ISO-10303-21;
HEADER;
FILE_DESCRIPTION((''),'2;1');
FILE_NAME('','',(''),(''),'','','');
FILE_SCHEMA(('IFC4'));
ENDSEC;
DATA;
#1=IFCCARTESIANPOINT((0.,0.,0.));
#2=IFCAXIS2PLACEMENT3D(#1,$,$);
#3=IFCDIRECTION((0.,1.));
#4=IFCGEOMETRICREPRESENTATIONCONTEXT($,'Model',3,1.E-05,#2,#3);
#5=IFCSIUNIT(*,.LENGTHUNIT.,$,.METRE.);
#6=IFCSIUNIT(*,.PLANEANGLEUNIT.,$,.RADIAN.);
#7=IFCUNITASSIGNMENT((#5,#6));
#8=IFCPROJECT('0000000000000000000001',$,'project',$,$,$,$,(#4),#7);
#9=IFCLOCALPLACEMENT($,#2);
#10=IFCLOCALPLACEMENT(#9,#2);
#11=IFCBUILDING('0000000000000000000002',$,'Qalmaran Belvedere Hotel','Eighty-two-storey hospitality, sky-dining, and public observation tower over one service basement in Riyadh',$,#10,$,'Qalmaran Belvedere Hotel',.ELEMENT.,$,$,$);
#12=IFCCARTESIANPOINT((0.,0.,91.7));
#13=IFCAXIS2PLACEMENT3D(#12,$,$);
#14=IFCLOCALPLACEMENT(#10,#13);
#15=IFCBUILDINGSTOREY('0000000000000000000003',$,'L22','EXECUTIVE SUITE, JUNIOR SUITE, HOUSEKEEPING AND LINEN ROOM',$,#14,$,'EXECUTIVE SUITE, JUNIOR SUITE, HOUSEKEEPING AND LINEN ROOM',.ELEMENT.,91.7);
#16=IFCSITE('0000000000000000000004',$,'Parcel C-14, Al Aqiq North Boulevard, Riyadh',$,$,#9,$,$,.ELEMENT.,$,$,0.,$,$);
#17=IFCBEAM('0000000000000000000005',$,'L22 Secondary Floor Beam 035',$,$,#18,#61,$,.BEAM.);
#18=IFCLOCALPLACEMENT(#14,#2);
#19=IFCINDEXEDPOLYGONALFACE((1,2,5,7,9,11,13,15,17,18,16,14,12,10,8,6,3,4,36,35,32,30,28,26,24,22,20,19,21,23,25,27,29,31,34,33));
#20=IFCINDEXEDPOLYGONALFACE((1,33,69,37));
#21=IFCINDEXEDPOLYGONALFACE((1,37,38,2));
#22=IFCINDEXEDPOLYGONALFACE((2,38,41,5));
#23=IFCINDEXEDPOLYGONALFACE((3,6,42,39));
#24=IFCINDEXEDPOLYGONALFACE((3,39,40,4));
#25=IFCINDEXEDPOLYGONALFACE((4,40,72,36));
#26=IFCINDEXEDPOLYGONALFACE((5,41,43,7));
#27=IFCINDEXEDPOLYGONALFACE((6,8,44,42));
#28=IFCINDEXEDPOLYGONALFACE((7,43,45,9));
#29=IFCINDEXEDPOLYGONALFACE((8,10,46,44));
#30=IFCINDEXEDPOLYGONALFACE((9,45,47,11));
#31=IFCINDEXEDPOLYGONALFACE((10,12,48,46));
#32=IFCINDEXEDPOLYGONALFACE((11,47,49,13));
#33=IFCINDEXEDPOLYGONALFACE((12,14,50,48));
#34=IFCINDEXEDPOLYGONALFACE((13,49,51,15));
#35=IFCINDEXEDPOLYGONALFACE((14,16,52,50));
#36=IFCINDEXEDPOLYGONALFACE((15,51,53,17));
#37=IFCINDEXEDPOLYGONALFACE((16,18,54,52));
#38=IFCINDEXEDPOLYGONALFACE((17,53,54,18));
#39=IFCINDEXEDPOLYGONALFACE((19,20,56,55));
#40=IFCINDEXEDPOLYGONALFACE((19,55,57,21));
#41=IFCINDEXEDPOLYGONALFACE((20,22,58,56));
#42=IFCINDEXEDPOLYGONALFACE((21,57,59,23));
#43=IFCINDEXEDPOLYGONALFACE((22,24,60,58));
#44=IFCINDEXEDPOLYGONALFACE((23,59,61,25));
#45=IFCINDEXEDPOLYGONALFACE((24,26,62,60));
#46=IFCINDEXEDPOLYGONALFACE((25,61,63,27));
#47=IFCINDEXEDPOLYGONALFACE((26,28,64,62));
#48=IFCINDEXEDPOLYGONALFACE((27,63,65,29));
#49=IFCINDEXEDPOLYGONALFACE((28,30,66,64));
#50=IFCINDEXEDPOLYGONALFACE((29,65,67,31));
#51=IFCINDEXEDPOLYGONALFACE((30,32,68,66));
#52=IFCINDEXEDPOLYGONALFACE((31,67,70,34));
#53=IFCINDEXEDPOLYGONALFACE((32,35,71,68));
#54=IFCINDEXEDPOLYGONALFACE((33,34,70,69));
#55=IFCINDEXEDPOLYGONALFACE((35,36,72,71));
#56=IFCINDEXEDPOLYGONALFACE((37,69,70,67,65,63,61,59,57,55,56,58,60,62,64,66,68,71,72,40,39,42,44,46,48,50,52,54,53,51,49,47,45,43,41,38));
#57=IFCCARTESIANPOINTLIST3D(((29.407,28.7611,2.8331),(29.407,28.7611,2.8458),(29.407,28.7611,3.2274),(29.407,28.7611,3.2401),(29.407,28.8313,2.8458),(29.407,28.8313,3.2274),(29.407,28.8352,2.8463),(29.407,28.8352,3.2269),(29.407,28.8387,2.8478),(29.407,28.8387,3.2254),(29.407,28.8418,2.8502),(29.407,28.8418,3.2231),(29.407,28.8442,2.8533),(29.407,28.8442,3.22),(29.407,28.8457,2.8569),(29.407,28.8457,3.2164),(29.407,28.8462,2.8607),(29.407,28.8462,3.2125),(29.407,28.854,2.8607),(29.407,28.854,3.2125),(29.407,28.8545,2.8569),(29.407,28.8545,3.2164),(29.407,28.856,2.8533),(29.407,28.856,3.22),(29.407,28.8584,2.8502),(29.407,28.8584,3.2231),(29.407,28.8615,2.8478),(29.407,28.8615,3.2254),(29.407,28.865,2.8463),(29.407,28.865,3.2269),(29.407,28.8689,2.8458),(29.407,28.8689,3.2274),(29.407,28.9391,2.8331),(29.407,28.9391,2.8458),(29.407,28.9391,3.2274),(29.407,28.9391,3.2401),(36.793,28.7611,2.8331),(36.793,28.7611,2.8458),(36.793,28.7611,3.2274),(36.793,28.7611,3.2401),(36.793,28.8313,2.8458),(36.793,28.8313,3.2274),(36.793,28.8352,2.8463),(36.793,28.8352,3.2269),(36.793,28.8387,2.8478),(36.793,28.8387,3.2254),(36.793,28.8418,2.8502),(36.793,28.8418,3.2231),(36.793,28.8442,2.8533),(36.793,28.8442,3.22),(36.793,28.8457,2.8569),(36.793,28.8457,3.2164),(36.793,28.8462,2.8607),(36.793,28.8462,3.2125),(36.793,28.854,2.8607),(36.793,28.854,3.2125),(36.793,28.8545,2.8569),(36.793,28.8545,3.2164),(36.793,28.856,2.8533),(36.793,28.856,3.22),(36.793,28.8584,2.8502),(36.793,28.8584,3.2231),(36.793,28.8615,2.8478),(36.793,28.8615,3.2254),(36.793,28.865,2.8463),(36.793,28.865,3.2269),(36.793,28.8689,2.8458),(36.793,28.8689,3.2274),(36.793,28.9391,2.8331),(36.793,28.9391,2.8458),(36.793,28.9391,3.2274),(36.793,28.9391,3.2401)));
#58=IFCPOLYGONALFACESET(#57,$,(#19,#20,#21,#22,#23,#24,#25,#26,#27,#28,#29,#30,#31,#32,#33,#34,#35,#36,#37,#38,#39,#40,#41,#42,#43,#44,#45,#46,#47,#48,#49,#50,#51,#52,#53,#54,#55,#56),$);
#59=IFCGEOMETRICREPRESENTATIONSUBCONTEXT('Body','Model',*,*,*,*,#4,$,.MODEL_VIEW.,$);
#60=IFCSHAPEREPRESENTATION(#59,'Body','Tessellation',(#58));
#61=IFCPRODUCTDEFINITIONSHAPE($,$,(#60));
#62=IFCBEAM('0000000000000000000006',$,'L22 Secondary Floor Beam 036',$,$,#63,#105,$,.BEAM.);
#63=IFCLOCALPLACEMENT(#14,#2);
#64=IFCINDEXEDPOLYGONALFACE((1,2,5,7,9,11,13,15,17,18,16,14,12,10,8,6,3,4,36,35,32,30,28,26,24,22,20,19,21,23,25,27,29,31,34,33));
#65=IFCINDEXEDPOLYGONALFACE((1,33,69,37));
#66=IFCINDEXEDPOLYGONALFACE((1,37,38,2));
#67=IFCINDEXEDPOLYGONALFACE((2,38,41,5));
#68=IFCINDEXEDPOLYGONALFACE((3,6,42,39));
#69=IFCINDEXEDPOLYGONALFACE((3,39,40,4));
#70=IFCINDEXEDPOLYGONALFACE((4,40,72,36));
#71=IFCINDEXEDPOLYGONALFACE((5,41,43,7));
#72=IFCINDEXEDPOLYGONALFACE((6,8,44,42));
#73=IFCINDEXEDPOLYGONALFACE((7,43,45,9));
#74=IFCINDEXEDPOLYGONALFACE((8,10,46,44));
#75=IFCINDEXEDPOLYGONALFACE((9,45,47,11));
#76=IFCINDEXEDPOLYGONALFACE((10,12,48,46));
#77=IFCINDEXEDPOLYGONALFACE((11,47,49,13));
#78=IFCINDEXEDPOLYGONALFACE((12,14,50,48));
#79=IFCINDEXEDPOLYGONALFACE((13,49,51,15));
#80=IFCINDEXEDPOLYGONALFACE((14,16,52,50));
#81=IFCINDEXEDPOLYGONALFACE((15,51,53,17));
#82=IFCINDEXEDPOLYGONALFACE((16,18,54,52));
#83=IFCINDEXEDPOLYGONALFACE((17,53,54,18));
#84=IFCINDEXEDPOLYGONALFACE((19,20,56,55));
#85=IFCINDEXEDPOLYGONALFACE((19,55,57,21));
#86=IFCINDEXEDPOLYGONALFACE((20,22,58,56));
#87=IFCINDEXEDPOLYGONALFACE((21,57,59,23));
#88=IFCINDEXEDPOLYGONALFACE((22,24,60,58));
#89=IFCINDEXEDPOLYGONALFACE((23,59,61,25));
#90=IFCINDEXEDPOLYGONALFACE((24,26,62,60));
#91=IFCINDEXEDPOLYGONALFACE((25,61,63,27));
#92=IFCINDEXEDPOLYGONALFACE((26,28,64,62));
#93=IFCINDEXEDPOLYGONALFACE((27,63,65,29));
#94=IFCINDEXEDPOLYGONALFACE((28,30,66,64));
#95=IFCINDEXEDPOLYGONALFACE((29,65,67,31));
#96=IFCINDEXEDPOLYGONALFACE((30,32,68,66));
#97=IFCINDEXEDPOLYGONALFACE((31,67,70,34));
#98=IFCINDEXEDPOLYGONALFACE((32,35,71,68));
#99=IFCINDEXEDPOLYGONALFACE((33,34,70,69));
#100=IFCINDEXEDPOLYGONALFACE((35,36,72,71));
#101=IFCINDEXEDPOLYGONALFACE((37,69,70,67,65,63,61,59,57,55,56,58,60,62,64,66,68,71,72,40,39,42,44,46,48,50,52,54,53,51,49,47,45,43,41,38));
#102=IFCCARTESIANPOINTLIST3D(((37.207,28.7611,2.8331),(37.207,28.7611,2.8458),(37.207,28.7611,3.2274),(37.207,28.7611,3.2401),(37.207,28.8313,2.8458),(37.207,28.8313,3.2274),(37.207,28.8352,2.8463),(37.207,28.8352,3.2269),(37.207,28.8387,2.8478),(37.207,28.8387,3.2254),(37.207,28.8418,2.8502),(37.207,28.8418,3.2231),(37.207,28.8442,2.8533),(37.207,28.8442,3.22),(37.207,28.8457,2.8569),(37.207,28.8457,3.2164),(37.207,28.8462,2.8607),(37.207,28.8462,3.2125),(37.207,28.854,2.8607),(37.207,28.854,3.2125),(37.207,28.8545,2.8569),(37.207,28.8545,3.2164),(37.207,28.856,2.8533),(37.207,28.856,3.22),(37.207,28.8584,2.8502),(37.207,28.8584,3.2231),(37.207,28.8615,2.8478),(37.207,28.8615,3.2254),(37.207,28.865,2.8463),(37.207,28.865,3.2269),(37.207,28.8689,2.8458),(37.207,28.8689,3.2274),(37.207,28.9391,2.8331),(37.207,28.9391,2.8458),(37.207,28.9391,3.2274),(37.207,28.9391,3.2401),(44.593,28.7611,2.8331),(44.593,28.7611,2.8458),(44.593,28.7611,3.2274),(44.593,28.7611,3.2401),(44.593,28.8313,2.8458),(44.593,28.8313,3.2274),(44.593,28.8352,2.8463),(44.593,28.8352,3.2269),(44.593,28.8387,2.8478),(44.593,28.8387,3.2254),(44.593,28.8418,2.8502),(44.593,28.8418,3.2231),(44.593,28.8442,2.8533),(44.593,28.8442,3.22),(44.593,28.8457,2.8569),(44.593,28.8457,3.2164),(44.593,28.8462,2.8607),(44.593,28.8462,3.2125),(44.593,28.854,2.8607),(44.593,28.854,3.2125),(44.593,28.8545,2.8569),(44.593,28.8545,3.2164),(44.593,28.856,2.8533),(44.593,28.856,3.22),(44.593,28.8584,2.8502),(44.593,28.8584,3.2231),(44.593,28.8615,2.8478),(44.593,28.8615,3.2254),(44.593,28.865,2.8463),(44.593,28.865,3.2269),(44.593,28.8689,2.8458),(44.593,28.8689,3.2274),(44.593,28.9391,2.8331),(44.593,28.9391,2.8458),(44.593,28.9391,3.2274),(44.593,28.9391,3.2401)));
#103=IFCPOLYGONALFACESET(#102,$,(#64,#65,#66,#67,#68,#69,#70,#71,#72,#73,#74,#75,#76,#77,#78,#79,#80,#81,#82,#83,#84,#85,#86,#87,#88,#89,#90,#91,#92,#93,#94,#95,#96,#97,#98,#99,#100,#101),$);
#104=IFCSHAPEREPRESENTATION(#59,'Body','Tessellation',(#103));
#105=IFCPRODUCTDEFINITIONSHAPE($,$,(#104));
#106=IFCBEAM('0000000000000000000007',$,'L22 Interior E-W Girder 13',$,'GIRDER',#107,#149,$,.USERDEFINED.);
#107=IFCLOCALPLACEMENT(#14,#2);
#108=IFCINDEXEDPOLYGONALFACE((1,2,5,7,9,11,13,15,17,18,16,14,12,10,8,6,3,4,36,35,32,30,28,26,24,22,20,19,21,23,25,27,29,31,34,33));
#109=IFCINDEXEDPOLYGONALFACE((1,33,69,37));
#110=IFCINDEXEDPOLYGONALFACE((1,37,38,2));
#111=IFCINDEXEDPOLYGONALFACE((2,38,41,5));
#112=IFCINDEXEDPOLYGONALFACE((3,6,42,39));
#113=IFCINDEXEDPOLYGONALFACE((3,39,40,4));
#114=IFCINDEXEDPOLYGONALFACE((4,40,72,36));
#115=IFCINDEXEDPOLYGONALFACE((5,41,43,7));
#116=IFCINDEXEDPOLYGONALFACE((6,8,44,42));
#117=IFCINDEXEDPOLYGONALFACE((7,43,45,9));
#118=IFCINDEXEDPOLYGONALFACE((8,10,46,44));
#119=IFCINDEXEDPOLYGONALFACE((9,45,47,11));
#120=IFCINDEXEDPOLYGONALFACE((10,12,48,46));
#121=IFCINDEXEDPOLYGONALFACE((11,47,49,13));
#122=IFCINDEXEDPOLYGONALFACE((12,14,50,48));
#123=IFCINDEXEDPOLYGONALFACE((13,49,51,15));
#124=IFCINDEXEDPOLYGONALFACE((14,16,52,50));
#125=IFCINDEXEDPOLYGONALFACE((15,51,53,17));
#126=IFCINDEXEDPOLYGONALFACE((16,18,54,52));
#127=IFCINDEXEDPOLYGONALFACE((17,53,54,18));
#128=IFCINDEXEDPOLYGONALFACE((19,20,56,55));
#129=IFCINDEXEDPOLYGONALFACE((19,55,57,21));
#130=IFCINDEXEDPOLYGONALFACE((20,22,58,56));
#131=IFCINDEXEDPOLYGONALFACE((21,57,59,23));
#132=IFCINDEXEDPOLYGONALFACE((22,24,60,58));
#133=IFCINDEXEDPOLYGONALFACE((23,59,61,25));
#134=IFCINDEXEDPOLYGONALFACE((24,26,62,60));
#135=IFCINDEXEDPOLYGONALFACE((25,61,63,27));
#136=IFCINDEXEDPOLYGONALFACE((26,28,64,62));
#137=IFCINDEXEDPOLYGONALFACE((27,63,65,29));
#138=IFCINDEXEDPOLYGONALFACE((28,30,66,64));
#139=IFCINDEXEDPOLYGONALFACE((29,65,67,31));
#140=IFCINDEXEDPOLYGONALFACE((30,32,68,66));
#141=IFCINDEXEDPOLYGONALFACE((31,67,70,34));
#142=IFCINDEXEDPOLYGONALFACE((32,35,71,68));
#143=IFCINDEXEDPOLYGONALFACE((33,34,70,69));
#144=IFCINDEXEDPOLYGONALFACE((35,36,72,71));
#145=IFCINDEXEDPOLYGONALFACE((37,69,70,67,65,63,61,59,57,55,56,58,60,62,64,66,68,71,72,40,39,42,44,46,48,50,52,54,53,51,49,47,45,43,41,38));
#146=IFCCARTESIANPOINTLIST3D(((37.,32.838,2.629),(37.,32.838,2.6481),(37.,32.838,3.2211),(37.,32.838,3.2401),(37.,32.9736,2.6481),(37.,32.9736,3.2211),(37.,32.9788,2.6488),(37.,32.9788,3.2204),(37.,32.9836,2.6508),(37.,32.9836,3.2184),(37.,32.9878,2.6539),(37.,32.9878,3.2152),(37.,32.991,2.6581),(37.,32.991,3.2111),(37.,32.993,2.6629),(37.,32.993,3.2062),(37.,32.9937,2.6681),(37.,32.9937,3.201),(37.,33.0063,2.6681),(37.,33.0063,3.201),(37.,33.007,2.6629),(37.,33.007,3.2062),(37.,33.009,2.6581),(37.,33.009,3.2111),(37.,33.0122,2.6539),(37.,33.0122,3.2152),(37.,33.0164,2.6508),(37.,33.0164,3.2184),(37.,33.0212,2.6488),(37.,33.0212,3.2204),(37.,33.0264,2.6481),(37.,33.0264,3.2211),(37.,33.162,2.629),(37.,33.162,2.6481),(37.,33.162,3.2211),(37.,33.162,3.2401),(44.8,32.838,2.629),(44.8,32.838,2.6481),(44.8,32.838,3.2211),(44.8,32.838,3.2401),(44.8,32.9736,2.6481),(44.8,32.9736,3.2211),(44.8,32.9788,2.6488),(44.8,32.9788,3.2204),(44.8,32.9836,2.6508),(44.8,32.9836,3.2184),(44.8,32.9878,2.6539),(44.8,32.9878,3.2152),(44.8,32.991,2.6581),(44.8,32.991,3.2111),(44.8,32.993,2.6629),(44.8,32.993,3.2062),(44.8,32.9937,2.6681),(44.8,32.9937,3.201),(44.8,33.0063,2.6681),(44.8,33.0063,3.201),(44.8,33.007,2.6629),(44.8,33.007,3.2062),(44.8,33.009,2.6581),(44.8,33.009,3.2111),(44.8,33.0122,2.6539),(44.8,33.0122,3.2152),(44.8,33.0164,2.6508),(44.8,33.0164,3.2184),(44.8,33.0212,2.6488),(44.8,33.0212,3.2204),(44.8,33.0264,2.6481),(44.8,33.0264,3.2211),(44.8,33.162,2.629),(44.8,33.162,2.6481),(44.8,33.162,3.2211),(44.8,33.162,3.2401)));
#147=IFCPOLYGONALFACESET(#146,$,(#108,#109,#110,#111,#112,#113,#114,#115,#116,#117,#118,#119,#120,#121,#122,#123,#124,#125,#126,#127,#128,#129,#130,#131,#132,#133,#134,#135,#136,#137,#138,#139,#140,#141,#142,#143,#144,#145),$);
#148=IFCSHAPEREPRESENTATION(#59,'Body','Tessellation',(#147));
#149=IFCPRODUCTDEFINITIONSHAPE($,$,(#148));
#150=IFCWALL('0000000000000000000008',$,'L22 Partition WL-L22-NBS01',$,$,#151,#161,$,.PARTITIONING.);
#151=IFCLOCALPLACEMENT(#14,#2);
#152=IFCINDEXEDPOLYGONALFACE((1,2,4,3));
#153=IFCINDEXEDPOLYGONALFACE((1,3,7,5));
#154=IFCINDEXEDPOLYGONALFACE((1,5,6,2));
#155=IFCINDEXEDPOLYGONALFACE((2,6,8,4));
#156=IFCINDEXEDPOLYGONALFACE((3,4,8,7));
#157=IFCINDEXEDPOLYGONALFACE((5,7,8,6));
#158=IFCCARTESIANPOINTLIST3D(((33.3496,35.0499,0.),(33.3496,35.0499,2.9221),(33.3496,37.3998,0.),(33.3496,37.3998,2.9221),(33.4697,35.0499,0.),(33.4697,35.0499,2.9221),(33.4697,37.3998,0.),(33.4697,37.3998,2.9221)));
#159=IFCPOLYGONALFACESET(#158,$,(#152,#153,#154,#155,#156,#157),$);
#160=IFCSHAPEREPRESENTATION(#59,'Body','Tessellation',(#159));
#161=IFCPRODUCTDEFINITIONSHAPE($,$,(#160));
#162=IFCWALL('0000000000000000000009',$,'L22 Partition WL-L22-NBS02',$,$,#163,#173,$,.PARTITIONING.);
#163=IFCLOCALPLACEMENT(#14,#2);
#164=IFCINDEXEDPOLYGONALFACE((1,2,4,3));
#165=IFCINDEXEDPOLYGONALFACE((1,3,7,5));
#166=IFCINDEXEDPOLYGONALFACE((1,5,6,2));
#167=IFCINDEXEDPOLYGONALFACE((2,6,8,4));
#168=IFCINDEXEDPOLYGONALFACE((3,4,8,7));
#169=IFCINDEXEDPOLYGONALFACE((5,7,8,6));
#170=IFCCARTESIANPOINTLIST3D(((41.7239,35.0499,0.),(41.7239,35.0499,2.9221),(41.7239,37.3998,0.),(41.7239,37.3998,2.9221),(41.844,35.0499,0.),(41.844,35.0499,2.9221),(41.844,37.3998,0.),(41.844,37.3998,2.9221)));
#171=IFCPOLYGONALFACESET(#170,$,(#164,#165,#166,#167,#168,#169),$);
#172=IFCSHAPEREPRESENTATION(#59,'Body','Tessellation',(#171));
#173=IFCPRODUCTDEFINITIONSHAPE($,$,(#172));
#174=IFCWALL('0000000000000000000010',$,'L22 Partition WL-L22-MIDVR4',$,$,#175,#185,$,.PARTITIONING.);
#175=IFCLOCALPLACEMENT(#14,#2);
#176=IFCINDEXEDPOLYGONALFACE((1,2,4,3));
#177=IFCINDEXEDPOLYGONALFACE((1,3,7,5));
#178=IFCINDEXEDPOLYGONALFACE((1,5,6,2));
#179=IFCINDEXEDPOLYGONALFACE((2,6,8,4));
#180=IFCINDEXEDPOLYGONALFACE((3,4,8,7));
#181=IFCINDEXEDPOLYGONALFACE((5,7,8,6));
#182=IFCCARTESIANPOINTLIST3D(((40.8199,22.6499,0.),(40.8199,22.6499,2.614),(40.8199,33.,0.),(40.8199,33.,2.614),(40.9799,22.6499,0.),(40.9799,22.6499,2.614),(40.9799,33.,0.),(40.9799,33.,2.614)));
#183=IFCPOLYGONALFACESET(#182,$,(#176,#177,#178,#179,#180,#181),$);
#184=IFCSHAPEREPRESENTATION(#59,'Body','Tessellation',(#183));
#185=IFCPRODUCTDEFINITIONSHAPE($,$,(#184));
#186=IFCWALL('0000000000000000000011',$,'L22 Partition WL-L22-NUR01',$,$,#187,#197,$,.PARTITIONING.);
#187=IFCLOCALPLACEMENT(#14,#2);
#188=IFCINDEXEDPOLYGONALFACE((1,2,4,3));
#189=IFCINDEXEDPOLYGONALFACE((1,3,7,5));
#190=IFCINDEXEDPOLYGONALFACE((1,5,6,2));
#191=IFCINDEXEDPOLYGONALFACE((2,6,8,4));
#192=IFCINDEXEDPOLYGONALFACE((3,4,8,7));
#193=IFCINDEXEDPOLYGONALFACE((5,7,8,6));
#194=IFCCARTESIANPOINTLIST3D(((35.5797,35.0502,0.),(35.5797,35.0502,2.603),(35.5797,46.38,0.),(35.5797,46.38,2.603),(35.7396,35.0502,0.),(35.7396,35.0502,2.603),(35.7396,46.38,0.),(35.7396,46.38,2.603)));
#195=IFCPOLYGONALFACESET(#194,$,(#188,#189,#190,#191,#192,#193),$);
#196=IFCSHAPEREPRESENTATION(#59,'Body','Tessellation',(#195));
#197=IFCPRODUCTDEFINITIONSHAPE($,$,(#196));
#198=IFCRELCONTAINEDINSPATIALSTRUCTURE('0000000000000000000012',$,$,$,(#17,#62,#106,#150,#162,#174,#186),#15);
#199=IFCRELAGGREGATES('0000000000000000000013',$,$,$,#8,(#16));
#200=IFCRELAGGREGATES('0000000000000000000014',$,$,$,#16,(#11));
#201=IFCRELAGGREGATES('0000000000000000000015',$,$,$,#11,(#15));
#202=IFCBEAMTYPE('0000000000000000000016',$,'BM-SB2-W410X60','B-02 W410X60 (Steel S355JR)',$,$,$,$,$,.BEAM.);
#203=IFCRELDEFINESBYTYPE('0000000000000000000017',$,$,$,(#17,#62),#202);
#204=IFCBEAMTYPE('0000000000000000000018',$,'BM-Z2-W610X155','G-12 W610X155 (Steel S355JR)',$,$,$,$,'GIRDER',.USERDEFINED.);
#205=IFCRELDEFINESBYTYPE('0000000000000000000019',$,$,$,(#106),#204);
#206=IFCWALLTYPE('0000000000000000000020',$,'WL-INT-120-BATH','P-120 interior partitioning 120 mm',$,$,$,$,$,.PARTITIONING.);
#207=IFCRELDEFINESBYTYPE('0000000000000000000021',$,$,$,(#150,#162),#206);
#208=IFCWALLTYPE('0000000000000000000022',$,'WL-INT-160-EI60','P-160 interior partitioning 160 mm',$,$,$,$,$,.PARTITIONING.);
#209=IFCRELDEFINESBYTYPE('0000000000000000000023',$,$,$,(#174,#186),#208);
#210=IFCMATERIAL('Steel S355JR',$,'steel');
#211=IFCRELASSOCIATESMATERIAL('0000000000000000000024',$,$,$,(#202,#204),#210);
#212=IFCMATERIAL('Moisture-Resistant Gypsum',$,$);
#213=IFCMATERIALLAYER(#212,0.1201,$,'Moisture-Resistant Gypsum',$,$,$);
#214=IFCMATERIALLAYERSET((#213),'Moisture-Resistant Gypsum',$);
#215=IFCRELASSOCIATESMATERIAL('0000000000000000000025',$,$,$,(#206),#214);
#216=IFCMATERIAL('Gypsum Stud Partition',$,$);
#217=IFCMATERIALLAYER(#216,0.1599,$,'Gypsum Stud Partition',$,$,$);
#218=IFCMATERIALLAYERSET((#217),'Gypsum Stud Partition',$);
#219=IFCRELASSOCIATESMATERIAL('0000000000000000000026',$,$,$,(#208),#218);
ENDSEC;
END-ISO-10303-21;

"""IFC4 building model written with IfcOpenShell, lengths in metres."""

from ifc_helpers import new_model, si_unit, direction, frame, frame_2d, origin, origin_2d, place, context, subcontext, project, spatial, rectangle, i_section, extrude, material, layer, layer_set, material_profile, profile_set, type_object, element, save


model = new_model("IFC4")

# Units and contexts
model_context = context("Model", 3, precision=1e-05, world=origin(), true_north=direction((0.0, 1.0)))
body_context = subcontext(model_context, "Body", "Model", "MODEL_VIEW")
ifc_project = project(units=[si_unit("LENGTHUNIT", "METRE"), si_unit("PLANEANGLEUNIT", "RADIAN")], contexts=[model_context])

# Site, building, storey
site_placement = place(None, origin())
site = spatial("IfcSite", under=ifc_project, at=site_placement, Name="Parcel C-14, Al Aqiq North Boulevard, Riyadh", CompositionType="ELEMENT", RefElevation=0.0)
building_placement = place(site_placement, origin())
building = spatial("IfcBuilding", under=site, at=building_placement, Name="Qalmaran Belvedere Hotel", Description="Eighty-two-storey hospitality, sky-dining, and public observation tower over one service basement in Riyadh", LongName="Qalmaran Belvedere Hotel", CompositionType="ELEMENT")
storey_placement = place(building_placement, frame((0.0, 0.0, 91.7)))
storey = spatial("IfcBuildingStorey", under=building, at=storey_placement, Name="L22", Description="EXECUTIVE SUITE, JUNIOR SUITE, HOUSEKEEPING AND LINEN ROOM", LongName="EXECUTIVE SUITE, JUNIOR SUITE, HOUSEKEEPING AND LINEN ROOM", CompositionType="ELEMENT", Elevation=91.7)

# Beams
ifc_material_1 = material(Name="Steel S355JR", Category="steel")
ifc_material_profile_1 = material_profile(ifc_material_1, i_section(OverallWidth=0.178, OverallDepth=0.407, WebThickness=0.0078, FlangeThickness=0.0127, FilletRadius=0.0149, at=origin_2d()), Name="W410X60")
ifc_profile_set_1 = profile_set([ifc_material_profile_1], Name="Steel S355JR")
beam_type_1 = type_object("IfcBeamType", Name="BM-SB2-W410X60", Description="B-02 W410X60 (Steel S355JR)", PredefinedType="BEAM", material=ifc_profile_set_1)
for number, where, z_axis, x_axis, name in (
    (1, (29.407, 28.8501, 3.0366), (1.0, 0.0, 0.0), (0.0, 1.0, 0.0), "L22 Secondary Floor Beam 035"),
    (2, (37.207, 28.8501, 3.0366), (1.0, 0.0, 0.0), (0.0, 1.0, 0.0), "L22 Secondary Floor Beam 036"),
):
    element("IfcBeam", number, at=place(storey_placement, frame(where, z_axis=z_axis, x_axis=x_axis)), inside=storey, type_object=beam_type_1, Name=name, PredefinedType="BEAM", context=body_context, shape_type="SweptSolid", body=[
        extrude(i_section(OverallWidth=0.178, OverallDepth=0.407, WebThickness=0.0078, FlangeThickness=0.0127, FilletRadius=0.0149, at=origin_2d()), origin(), (0.0, 0.0, 1.0), 7.386),
    ])
ifc_material_profile_2 = material_profile(ifc_material_1, i_section(OverallWidth=0.324, OverallDepth=0.6111, WebThickness=0.0127, FlangeThickness=0.019, FilletRadius=0.02, at=origin_2d()), Name="W610X155")
ifc_profile_set_2 = profile_set([ifc_material_profile_2], Name="Steel S355JR")
beam_type_2 = type_object("IfcBeamType", Name="BM-Z2-W610X155", Description="G-12 W610X155 (Steel S355JR)", ElementType="GIRDER", PredefinedType="USERDEFINED", material=ifc_profile_set_2)
beam_1_placement = place(storey_placement, frame((37.0, 33.0, 2.9346), z_axis=(1.0, 0.0, 0.0), x_axis=(0.0, 1.0, 0.0)))
element("IfcBeam", 3, at=beam_1_placement, inside=storey, type_object=beam_type_2, Name="L22 Interior E-W Girder 13", ObjectType="GIRDER", PredefinedType="USERDEFINED", context=body_context, shape_type="SweptSolid", body=[
    extrude(i_section(OverallWidth=0.324, OverallDepth=0.6111, WebThickness=0.0127, FlangeThickness=0.019, FilletRadius=0.02, at=origin_2d()), origin(), (0.0, 0.0, 1.0), 7.8),
])

# Walls
ifc_material_2 = material(Name="Moisture-Resistant Gypsum")
ifc_layer_1 = layer(ifc_material_2, 0.1201, Name="Moisture-Resistant Gypsum")
ifc_layer_set_1 = layer_set([ifc_layer_1], Name="Moisture-Resistant Gypsum")
wall_type_1 = type_object("IfcWallType", Name="WL-INT-120-BATH", Description="P-120 interior partitioning 120 mm", PredefinedType="PARTITIONING", material=ifc_layer_set_1)
for number, where, z_axis, x_axis, name in (
    (4, (33.4097, 35.05, 0.0), (0.0, 0.0, 1.0), (0.0, 1.0, 0.0), "L22 Partition WL-L22-NBS01"),
    (5, (41.7839, 35.05, 0.0), (0.0, 0.0, 1.0), (0.0, 1.0, 0.0), "L22 Partition WL-L22-NBS02"),
):
    element("IfcWall", number, at=place(storey_placement, frame(where, z_axis=z_axis, x_axis=x_axis)), inside=storey, type_object=wall_type_1, Name=name, PredefinedType="PARTITIONING", context=body_context, shape_type="SweptSolid", body=[
        extrude(rectangle(XDim=2.3499, YDim=0.1201, at=frame_2d((1.1748, 0.0))), origin(), (0.0, 0.0, 1.0), 2.9221),
    ])
ifc_material_3 = material(Name="Gypsum Stud Partition")
ifc_layer_2 = layer(ifc_material_3, 0.1599, Name="Gypsum Stud Partition")
ifc_layer_set_2 = layer_set([ifc_layer_2], Name="Gypsum Stud Partition")
wall_type_2 = type_object("IfcWallType", Name="WL-INT-160-EI60", Description="P-160 interior partitioning 160 mm", PredefinedType="PARTITIONING", material=ifc_layer_set_2)
wall_1_placement = place(storey_placement, frame((40.8999, 22.6499, 0.0), z_axis=(0.0, 0.0, 1.0), x_axis=(0.0, 1.0, 0.0)))
element("IfcWall", 6, at=wall_1_placement, inside=storey, type_object=wall_type_2, Name="L22 Partition WL-L22-MIDVR4", PredefinedType="PARTITIONING", context=body_context, shape_type="SweptSolid", body=[
    extrude(rectangle(XDim=10.3501, YDim=0.1599, at=frame_2d((5.175, 0.0))), origin(), (0.0, 0.0, 1.0), 2.614),
])
wall_2_placement = place(storey_placement, frame((35.6597, 35.05, 0.0), z_axis=(0.0, 0.0, 1.0), x_axis=(0.0, 1.0, 0.0)))
element("IfcWall", 7, at=wall_2_placement, inside=storey, type_object=wall_type_2, Name="L22 Partition WL-L22-NUR01", PredefinedType="PARTITIONING", context=body_context, shape_type="SweptSolid", body=[
    extrude(rectangle(XDim=11.3298, YDim=0.1599, at=frame_2d((5.665, 0.0))), origin(), (0.0, 0.0, 1.0), 2.603),
])

save(model, "model.ifc")
